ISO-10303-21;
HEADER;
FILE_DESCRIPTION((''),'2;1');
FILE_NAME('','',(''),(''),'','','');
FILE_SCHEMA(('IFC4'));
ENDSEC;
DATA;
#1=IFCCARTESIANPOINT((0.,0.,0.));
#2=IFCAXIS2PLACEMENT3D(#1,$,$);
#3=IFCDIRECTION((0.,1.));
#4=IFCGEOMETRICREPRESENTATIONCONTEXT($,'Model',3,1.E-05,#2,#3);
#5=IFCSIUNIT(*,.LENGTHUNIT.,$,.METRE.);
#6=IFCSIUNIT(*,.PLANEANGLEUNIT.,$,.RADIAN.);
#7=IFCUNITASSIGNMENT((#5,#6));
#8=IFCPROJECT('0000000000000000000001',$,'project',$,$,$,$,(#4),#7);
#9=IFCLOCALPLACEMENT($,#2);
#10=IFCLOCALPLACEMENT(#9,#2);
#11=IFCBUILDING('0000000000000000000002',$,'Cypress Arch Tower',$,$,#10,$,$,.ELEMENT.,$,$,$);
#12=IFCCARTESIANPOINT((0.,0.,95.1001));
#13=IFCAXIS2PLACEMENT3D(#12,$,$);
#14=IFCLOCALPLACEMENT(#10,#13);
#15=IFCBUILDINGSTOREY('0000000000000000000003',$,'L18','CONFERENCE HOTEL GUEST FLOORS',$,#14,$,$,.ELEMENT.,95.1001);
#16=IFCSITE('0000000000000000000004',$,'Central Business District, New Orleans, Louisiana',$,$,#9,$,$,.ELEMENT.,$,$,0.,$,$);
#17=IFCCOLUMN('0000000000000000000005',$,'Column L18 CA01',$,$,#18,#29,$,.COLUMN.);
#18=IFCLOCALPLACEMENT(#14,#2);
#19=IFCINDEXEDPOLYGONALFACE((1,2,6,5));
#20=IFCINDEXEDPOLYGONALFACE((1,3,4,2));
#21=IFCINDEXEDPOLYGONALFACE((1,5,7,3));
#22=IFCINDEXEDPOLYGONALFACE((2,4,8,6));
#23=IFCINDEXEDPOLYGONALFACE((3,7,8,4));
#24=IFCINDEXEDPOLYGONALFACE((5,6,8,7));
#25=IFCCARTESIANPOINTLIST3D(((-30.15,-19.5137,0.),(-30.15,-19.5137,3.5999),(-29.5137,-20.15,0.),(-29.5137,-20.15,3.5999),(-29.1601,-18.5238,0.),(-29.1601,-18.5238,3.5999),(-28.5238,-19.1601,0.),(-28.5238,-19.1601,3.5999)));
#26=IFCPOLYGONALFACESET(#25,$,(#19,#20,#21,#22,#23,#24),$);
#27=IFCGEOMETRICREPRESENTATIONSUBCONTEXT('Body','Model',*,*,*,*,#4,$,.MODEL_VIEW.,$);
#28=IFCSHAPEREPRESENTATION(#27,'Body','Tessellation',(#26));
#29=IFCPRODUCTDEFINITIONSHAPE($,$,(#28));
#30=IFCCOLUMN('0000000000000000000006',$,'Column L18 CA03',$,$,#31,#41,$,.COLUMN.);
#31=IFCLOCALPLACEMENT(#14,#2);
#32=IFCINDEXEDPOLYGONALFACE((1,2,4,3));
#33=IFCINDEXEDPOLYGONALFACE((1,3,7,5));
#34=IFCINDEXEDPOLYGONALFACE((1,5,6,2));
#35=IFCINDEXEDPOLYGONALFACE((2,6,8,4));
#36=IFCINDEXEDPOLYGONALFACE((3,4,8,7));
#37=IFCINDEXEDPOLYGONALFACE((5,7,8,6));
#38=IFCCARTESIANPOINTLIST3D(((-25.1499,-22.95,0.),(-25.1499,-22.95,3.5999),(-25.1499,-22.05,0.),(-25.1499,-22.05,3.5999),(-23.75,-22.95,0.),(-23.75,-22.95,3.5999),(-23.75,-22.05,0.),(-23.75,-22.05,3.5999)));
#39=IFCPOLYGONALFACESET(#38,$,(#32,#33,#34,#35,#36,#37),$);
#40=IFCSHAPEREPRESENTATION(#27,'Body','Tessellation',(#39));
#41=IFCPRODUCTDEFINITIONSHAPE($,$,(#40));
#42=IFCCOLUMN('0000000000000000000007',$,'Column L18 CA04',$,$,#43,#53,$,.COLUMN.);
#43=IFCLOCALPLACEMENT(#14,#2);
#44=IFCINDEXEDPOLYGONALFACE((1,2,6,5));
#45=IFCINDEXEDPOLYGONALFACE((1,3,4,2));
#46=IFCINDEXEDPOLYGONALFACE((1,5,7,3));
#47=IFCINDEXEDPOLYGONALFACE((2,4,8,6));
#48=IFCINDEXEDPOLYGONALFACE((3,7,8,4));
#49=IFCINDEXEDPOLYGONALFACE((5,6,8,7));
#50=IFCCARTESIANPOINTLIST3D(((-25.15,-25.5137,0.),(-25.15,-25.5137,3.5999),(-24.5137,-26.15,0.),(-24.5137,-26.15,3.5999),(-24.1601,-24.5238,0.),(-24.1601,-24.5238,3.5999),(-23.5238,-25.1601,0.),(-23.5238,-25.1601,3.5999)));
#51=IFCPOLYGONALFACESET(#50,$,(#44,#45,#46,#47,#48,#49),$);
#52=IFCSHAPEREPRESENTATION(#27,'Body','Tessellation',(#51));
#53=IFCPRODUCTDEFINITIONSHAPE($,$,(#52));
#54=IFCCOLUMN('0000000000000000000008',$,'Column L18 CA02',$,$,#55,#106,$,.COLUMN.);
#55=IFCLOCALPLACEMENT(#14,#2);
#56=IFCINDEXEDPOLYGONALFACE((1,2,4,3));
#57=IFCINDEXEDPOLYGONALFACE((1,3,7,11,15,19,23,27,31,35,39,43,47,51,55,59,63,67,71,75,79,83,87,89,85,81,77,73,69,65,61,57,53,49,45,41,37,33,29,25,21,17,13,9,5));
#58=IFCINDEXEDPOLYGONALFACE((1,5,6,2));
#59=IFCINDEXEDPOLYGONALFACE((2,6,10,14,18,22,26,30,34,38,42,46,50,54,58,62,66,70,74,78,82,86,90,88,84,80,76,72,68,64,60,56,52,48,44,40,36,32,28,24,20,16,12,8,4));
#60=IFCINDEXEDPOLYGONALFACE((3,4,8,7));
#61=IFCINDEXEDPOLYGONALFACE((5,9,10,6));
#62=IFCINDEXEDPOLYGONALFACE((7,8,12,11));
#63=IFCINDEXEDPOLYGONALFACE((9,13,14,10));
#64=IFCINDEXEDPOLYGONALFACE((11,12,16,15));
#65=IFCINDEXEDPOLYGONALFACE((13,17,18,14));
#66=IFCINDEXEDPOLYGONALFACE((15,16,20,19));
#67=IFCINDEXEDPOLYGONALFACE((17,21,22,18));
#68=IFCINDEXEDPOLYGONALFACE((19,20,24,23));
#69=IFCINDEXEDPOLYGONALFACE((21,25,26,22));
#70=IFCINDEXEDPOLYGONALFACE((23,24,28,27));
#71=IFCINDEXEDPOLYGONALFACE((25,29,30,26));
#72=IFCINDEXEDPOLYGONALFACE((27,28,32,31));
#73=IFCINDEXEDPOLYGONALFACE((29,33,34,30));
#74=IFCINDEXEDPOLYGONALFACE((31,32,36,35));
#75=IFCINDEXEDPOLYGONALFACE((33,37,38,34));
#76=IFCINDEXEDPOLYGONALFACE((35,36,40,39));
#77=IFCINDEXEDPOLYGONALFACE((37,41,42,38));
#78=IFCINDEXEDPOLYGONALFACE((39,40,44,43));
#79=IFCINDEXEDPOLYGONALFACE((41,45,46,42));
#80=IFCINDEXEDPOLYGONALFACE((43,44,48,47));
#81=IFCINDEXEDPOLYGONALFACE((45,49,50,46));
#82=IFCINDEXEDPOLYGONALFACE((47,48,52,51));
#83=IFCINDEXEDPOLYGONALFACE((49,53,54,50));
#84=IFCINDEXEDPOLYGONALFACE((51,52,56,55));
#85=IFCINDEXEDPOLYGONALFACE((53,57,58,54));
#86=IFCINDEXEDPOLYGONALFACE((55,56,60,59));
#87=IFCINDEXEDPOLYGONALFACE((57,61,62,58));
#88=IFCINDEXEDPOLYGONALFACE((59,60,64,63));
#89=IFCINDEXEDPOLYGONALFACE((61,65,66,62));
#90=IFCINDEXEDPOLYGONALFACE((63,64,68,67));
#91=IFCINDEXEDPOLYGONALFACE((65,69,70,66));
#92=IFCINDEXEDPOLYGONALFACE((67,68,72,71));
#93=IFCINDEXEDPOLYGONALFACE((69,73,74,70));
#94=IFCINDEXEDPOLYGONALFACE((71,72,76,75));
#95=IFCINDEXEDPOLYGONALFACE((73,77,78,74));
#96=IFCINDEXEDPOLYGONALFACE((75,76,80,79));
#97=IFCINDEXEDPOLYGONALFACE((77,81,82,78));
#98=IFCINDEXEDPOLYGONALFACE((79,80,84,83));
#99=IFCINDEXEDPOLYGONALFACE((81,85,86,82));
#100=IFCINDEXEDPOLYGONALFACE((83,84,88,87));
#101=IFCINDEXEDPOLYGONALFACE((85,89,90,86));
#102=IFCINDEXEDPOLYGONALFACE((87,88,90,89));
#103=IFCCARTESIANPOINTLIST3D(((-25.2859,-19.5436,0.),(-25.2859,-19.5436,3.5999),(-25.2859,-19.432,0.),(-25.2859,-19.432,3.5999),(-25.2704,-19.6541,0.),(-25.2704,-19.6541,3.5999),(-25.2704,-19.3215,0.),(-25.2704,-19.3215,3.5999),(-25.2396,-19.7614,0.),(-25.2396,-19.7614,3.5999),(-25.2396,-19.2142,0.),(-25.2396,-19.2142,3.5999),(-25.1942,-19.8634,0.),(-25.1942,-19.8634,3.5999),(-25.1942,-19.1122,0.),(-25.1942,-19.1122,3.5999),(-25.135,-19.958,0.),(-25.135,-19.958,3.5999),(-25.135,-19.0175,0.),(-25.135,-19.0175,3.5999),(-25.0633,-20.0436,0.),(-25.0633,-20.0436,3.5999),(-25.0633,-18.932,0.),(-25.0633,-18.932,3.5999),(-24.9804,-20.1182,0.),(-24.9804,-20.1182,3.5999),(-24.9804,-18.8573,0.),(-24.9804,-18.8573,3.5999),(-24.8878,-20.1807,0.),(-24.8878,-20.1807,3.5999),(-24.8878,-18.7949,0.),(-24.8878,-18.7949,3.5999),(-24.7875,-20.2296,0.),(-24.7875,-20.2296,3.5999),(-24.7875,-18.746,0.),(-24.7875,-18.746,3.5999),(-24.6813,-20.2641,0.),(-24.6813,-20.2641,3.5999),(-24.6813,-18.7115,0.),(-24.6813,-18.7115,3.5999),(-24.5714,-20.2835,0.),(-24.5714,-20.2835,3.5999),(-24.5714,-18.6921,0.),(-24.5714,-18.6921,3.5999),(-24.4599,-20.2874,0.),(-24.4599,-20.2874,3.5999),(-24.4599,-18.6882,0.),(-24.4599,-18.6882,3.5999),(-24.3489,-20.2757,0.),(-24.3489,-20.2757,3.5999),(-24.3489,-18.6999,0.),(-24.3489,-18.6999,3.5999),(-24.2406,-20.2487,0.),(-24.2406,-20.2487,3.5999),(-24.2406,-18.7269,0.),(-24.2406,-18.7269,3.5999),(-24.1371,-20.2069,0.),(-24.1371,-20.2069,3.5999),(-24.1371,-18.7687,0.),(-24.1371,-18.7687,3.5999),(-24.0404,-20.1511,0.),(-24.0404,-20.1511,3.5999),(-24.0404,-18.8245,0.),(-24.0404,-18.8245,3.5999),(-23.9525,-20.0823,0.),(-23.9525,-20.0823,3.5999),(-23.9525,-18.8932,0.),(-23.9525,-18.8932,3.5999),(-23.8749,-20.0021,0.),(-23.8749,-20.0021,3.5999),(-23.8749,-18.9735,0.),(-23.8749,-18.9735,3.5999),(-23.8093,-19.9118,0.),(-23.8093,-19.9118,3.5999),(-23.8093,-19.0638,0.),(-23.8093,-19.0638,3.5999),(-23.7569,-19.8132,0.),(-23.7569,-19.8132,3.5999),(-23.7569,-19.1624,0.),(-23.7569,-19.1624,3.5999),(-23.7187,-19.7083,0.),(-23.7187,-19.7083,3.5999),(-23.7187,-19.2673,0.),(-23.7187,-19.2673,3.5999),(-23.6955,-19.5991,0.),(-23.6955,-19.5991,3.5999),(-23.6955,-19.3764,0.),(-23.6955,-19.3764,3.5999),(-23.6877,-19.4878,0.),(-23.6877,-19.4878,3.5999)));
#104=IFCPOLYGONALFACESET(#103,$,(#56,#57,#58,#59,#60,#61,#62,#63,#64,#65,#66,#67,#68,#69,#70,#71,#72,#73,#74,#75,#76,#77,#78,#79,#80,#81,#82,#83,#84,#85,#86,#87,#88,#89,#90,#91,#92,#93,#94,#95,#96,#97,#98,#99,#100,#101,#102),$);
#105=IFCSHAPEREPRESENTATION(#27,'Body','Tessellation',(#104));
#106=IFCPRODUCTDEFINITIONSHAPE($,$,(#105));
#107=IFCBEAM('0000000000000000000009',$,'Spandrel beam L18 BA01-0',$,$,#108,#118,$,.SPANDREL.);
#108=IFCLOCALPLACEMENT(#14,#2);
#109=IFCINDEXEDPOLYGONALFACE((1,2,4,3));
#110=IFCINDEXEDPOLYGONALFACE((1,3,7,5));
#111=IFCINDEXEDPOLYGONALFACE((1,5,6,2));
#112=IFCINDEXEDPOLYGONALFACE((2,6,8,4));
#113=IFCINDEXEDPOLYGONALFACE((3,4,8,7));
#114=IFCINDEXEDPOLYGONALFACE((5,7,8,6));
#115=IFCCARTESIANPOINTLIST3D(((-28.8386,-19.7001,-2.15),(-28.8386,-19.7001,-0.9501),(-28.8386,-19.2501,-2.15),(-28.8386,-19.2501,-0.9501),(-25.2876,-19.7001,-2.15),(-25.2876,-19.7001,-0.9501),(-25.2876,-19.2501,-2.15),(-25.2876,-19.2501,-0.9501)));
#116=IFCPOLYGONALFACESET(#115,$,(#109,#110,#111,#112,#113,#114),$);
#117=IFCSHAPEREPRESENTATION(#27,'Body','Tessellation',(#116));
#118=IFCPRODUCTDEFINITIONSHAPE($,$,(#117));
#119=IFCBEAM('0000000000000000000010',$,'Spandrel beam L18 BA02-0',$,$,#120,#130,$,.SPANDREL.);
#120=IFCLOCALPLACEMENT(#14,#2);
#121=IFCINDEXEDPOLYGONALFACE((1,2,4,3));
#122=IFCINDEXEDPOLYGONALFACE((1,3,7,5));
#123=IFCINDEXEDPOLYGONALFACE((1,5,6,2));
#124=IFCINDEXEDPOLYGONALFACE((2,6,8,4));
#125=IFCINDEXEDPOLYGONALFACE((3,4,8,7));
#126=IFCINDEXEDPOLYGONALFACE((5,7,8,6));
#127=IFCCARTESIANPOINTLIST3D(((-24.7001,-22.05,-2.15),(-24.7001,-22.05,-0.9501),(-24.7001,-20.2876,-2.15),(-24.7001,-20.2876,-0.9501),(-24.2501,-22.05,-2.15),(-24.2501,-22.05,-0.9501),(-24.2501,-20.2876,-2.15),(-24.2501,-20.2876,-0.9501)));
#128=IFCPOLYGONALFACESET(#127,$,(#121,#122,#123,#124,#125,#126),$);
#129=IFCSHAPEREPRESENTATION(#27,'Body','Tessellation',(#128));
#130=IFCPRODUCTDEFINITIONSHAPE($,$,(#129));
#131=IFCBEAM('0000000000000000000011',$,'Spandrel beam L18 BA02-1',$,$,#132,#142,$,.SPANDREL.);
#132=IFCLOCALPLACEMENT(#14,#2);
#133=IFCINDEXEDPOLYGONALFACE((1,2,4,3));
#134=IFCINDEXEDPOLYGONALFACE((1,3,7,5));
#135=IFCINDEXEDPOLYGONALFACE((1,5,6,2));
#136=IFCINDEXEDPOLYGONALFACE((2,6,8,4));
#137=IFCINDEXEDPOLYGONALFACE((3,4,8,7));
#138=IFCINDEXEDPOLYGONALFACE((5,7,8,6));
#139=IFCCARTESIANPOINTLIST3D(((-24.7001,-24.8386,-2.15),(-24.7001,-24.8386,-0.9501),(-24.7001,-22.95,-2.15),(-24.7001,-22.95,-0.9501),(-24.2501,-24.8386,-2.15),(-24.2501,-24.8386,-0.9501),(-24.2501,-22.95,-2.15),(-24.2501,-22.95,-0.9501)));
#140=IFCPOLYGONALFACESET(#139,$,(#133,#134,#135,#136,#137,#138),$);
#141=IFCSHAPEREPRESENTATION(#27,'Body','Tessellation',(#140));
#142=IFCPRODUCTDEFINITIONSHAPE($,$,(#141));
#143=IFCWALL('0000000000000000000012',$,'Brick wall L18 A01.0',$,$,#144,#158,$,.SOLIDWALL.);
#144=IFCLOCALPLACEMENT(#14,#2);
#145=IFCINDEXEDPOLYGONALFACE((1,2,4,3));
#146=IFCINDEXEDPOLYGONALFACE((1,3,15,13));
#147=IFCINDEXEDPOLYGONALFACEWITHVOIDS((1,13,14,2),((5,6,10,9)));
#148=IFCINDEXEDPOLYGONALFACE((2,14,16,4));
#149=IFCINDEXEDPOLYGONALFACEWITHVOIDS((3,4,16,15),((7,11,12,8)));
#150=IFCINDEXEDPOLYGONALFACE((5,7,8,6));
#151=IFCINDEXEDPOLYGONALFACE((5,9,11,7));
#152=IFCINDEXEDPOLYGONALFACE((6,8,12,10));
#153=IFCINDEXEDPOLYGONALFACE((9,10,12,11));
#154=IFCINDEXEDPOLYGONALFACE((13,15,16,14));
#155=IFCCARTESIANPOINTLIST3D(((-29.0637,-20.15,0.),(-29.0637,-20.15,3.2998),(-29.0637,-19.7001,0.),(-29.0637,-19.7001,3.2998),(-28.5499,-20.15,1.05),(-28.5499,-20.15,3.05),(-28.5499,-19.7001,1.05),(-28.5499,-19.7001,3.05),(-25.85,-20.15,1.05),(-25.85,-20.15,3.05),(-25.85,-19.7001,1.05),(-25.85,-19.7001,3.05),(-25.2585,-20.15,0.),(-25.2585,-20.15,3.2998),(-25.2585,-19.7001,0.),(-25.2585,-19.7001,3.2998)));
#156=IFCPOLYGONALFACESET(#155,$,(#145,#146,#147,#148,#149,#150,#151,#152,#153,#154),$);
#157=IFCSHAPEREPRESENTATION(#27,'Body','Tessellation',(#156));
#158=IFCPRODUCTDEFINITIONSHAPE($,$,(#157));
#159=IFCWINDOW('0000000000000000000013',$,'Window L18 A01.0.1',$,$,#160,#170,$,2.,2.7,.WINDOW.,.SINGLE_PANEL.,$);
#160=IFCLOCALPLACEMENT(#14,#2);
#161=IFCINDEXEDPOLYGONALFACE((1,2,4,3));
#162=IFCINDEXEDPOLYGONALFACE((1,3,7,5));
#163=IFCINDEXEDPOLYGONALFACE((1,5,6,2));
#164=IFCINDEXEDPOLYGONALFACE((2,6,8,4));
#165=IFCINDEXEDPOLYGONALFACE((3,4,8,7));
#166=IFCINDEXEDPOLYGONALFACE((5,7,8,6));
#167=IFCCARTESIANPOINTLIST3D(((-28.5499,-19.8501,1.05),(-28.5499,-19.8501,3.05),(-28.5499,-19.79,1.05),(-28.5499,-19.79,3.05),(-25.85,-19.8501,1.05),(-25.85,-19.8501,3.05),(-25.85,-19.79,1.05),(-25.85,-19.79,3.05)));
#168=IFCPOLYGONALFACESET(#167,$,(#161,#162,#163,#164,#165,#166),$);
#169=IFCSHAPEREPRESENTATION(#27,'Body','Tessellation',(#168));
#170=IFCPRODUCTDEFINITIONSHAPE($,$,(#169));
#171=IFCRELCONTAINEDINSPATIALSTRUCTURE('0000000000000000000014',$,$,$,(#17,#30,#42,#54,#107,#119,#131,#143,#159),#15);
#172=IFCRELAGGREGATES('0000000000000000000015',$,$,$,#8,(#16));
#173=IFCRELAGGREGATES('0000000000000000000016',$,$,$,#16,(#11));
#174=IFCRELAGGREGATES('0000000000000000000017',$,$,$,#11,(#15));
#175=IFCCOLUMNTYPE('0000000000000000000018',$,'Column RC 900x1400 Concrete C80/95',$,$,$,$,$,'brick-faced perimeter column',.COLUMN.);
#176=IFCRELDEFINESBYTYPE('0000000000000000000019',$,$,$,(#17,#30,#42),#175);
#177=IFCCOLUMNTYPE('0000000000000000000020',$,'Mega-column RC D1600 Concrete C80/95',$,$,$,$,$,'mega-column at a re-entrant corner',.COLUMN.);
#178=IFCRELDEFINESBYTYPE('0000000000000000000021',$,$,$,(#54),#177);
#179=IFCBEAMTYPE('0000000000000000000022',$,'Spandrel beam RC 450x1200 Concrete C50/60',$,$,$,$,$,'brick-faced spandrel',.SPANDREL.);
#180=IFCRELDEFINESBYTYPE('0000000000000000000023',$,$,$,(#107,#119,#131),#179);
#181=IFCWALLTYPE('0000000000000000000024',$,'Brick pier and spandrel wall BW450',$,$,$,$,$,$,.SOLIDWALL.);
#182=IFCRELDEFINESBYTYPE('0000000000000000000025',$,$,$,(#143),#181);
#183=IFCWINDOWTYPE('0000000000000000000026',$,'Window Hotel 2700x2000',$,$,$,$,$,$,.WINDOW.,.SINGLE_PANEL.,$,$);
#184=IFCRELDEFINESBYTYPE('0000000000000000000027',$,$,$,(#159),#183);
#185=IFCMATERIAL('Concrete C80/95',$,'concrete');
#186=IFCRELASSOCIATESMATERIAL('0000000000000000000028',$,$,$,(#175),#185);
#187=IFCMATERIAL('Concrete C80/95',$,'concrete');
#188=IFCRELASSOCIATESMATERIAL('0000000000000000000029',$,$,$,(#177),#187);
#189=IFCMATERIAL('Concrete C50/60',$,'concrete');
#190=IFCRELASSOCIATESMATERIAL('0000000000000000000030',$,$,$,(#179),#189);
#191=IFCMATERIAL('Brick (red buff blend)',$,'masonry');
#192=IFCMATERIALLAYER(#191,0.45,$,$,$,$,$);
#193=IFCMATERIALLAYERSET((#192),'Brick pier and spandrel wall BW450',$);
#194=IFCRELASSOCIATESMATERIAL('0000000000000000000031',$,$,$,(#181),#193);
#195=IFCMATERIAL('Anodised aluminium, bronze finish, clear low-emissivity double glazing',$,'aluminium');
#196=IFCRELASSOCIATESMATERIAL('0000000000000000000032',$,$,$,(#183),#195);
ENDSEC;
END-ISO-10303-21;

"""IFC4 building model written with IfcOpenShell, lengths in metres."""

from ifc_helpers import new_model, si_unit, direction, frame, frame_2d, origin, origin_2d, place, context, subcontext, project, spatial, rectangle, circle, extrude, material, layer, layer_set, material_profile, profile_set, type_object, element, fill, save


model = new_model("IFC4")

# Units and contexts
model_context = context("Model", 3, precision=1e-05, world=origin(), true_north=direction((0.0, 1.0)))
body_context = subcontext(model_context, "Body", "Model", "MODEL_VIEW")
ifc_project = project(units=[si_unit("LENGTHUNIT", "METRE"), si_unit("PLANEANGLEUNIT", "RADIAN")], contexts=[model_context])

# Site, building, storey
site_placement = place(None, origin())
site = spatial("IfcSite", under=ifc_project, at=site_placement, Name="Central Business District, New Orleans, Louisiana", CompositionType="ELEMENT", RefElevation=0.0)
building_placement = place(site_placement, origin())
building = spatial("IfcBuilding", under=site, at=building_placement, Name="Cypress Arch Tower", CompositionType="ELEMENT")
storey_placement = place(building_placement, frame((0.0, 0.0, 95.1001)))
storey = spatial("IfcBuildingStorey", under=building, at=storey_placement, Name="L18", Description="CONFERENCE HOTEL GUEST FLOORS", CompositionType="ELEMENT", Elevation=95.1001)

# Columns
ifc_material_1 = material(Name="Concrete C80/95", Category="concrete")
ifc_material_profile_1 = material_profile(ifc_material_1, rectangle(XDim=0.8999, YDim=1.3999, at=origin_2d()), Name="RC 900x1400")
ifc_profile_set_1 = profile_set([ifc_material_profile_1], Name="Concrete C80/95")
column_type_1 = type_object("IfcColumnType", Name="Column RC 900x1400 Concrete C80/95", ElementType="brick-faced perimeter column", PredefinedType="COLUMN", material=ifc_profile_set_1)
for number, where, z_axis, x_axis, name in (
    (1, (-29.3369, -19.3369, 0.0), (0.0, 0.0, 1.0), (0.707107, -0.707107, 0.0), "Column L18 CA01"),
    (2, (-24.45, -22.5, 0.0), (0.0, 0.0, 1.0), (0.0, -1.0, 0.0), "Column L18 CA03"),
    (3, (-24.3369, -25.3369, 0.0), (0.0, 0.0, 1.0), (0.707107, -0.707107, 0.0), "Column L18 CA04"),
):
    element("IfcColumn", number, at=place(storey_placement, frame(where, z_axis=z_axis, x_axis=x_axis)), inside=storey, type_object=column_type_1, Name=name, PredefinedType="COLUMN", context=body_context, shape_type="SweptSolid", body=[
        extrude(rectangle(XDim=0.8999, YDim=1.3999, at=origin_2d()), origin(), (0.0, 0.0, 1.0), 3.5999),
    ])
ifc_material_2 = material(Name="Concrete C80/95", Category="concrete")
ifc_material_profile_2 = material_profile(ifc_material_2, circle(Radius=0.8, at=origin_2d()), Name="RC D1600")
ifc_profile_set_2 = profile_set([ifc_material_profile_2], Name="Concrete C80/95")
column_type_2 = type_object("IfcColumnType", Name="Mega-column RC D1600 Concrete C80/95", ElementType="mega-column at a re-entrant corner", PredefinedType="COLUMN", material=ifc_profile_set_2)
column_placement = place(storey_placement, frame((-24.4878, -19.4878, 0.0), z_axis=(0.0, 0.0, 1.0), x_axis=(1.0, 0.0, 0.0)))
element("IfcColumn", 4, at=column_placement, inside=storey, type_object=column_type_2, Name="Column L18 CA02", PredefinedType="COLUMN", context=body_context, shape_type="SweptSolid", body=[
    extrude(circle(Radius=0.8, at=origin_2d()), origin(), (0.0, 0.0, 1.0), 3.5999),
])

# Beams
ifc_material_3 = material(Name="Concrete C50/60", Category="concrete")
ifc_material_profile_3 = material_profile(ifc_material_3, rectangle(XDim=0.45, YDim=1.2, at=origin_2d()), Name="RC 450x1200")
ifc_profile_set_3 = profile_set([ifc_material_profile_3], Name="Concrete C50/60")
beam_type = type_object("IfcBeamType", Name="Spandrel beam RC 450x1200 Concrete C50/60", ElementType="brick-faced spandrel", PredefinedType="SPANDREL", material=ifc_profile_set_3)
beam_1_placement = place(storey_placement, frame((-28.8386, -19.4751, -1.55), z_axis=(1.0, 0.0, 0.0), x_axis=(0.0, 1.0, 0.0)))
element("IfcBeam", 5, at=beam_1_placement, inside=storey, type_object=beam_type, Name="Spandrel beam L18 BA01-0", PredefinedType="SPANDREL", context=body_context, shape_type="SweptSolid", body=[
    extrude(rectangle(XDim=0.45, YDim=1.2, at=origin_2d()), origin(), (0.0, 0.0, 1.0), 3.551),
])
beam_2_placement = place(storey_placement, frame((-24.4751, -20.2876, -1.55), z_axis=(0.0, -1.0, 0.0), x_axis=(1.0, 0.0, 0.0)))
element("IfcBeam", 6, at=beam_2_placement, inside=storey, type_object=beam_type, Name="Spandrel beam L18 BA02-0", PredefinedType="SPANDREL", context=body_context, shape_type="SweptSolid", body=[
    extrude(rectangle(XDim=0.45, YDim=1.2, at=origin_2d()), origin(), (0.0, 0.0, 1.0), 1.7625),
])
beam_3_placement = place(storey_placement, frame((-24.4751, -22.95, -1.55), z_axis=(0.0, -1.0, 0.0), x_axis=(1.0, 0.0, 0.0)))
element("IfcBeam", 7, at=beam_3_placement, inside=storey, type_object=beam_type, Name="Spandrel beam L18 BA02-1", PredefinedType="SPANDREL", context=body_context, shape_type="SweptSolid", body=[
    extrude(rectangle(XDim=0.45, YDim=1.2, at=origin_2d()), origin(), (0.0, 0.0, 1.0), 1.8887),
])

# Wall, opening, window
ifc_material_4 = material(Name="Brick (red buff blend)", Category="masonry")
ifc_layer_1 = layer(ifc_material_4, 0.45)
ifc_layer_set_1 = layer_set([ifc_layer_1], Name="Brick pier and spandrel wall BW450")
wall_type_1 = type_object("IfcWallType", Name="Brick pier and spandrel wall BW450", PredefinedType="SOLIDWALL", material=ifc_layer_set_1)
wall_1_placement = place(storey_placement, frame((-29.0637, -19.925, 0.0), z_axis=(0.0, 0.0, 1.0), x_axis=(1.0, 0.0, 0.0)))
wall_1 = element("IfcWall", 8, at=wall_1_placement, inside=storey, type_object=wall_type_1, Name="Brick wall L18 A01.0", PredefinedType="SOLIDWALL", context=body_context, shape_type="SweptSolid", body=[
    extrude(rectangle(XDim=3.8052, YDim=0.45, at=frame_2d((1.9026, 0.0))), origin(), (0.0, 0.0, 1.0), 3.2998),
])
opening_1_placement = place(wall_1_placement, frame((0.5137, 0.0, 1.05)))
opening_1 = element("IfcOpeningElement", 9, at=opening_1_placement, cuts=wall_1, PredefinedType="OPENING", context=body_context, shape_type="SweptSolid", body=[
    extrude(rectangle(XDim=2.7, YDim=2.0, at=frame_2d((1.3501, 1.0))), frame((0.0, 0.2349, 0.0), z_axis=(0.0, -1.0, 0.0), x_axis=(1.0, 0.0, 0.0)), (0.0, 0.0, 1.0), 0.47),
])
ifc_material_5 = material(Name="Anodised aluminium, bronze finish, clear low-emissivity double glazing", Category="aluminium")
window_type_1 = type_object("IfcWindowType", Name="Window Hotel 2700x2000", PartitioningType="SINGLE_PANEL", PredefinedType="WINDOW", material=ifc_material_5)
window_1_placement = place(opening_1_placement, origin())
window_1 = element("IfcWindow", 10, at=window_1_placement, inside=storey, type_object=window_type_1, Name="Window L18 A01.0.1", OverallHeight=2.0, OverallWidth=2.7, PartitioningType="SINGLE_PANEL", PredefinedType="WINDOW", context=body_context, shape_type="SweptSolid", body=[
    extrude(rectangle(XDim=2.7, YDim=2.0, at=frame_2d((1.3501, 1.0))), frame((0.0, 0.135, 0.0), z_axis=(0.0, -1.0, 0.0), x_axis=(1.0, 0.0, 0.0)), (0.0, 0.0, 1.0), 0.0601),
])
fill(opening_1, window_1)

save(model, "model.ifc")
